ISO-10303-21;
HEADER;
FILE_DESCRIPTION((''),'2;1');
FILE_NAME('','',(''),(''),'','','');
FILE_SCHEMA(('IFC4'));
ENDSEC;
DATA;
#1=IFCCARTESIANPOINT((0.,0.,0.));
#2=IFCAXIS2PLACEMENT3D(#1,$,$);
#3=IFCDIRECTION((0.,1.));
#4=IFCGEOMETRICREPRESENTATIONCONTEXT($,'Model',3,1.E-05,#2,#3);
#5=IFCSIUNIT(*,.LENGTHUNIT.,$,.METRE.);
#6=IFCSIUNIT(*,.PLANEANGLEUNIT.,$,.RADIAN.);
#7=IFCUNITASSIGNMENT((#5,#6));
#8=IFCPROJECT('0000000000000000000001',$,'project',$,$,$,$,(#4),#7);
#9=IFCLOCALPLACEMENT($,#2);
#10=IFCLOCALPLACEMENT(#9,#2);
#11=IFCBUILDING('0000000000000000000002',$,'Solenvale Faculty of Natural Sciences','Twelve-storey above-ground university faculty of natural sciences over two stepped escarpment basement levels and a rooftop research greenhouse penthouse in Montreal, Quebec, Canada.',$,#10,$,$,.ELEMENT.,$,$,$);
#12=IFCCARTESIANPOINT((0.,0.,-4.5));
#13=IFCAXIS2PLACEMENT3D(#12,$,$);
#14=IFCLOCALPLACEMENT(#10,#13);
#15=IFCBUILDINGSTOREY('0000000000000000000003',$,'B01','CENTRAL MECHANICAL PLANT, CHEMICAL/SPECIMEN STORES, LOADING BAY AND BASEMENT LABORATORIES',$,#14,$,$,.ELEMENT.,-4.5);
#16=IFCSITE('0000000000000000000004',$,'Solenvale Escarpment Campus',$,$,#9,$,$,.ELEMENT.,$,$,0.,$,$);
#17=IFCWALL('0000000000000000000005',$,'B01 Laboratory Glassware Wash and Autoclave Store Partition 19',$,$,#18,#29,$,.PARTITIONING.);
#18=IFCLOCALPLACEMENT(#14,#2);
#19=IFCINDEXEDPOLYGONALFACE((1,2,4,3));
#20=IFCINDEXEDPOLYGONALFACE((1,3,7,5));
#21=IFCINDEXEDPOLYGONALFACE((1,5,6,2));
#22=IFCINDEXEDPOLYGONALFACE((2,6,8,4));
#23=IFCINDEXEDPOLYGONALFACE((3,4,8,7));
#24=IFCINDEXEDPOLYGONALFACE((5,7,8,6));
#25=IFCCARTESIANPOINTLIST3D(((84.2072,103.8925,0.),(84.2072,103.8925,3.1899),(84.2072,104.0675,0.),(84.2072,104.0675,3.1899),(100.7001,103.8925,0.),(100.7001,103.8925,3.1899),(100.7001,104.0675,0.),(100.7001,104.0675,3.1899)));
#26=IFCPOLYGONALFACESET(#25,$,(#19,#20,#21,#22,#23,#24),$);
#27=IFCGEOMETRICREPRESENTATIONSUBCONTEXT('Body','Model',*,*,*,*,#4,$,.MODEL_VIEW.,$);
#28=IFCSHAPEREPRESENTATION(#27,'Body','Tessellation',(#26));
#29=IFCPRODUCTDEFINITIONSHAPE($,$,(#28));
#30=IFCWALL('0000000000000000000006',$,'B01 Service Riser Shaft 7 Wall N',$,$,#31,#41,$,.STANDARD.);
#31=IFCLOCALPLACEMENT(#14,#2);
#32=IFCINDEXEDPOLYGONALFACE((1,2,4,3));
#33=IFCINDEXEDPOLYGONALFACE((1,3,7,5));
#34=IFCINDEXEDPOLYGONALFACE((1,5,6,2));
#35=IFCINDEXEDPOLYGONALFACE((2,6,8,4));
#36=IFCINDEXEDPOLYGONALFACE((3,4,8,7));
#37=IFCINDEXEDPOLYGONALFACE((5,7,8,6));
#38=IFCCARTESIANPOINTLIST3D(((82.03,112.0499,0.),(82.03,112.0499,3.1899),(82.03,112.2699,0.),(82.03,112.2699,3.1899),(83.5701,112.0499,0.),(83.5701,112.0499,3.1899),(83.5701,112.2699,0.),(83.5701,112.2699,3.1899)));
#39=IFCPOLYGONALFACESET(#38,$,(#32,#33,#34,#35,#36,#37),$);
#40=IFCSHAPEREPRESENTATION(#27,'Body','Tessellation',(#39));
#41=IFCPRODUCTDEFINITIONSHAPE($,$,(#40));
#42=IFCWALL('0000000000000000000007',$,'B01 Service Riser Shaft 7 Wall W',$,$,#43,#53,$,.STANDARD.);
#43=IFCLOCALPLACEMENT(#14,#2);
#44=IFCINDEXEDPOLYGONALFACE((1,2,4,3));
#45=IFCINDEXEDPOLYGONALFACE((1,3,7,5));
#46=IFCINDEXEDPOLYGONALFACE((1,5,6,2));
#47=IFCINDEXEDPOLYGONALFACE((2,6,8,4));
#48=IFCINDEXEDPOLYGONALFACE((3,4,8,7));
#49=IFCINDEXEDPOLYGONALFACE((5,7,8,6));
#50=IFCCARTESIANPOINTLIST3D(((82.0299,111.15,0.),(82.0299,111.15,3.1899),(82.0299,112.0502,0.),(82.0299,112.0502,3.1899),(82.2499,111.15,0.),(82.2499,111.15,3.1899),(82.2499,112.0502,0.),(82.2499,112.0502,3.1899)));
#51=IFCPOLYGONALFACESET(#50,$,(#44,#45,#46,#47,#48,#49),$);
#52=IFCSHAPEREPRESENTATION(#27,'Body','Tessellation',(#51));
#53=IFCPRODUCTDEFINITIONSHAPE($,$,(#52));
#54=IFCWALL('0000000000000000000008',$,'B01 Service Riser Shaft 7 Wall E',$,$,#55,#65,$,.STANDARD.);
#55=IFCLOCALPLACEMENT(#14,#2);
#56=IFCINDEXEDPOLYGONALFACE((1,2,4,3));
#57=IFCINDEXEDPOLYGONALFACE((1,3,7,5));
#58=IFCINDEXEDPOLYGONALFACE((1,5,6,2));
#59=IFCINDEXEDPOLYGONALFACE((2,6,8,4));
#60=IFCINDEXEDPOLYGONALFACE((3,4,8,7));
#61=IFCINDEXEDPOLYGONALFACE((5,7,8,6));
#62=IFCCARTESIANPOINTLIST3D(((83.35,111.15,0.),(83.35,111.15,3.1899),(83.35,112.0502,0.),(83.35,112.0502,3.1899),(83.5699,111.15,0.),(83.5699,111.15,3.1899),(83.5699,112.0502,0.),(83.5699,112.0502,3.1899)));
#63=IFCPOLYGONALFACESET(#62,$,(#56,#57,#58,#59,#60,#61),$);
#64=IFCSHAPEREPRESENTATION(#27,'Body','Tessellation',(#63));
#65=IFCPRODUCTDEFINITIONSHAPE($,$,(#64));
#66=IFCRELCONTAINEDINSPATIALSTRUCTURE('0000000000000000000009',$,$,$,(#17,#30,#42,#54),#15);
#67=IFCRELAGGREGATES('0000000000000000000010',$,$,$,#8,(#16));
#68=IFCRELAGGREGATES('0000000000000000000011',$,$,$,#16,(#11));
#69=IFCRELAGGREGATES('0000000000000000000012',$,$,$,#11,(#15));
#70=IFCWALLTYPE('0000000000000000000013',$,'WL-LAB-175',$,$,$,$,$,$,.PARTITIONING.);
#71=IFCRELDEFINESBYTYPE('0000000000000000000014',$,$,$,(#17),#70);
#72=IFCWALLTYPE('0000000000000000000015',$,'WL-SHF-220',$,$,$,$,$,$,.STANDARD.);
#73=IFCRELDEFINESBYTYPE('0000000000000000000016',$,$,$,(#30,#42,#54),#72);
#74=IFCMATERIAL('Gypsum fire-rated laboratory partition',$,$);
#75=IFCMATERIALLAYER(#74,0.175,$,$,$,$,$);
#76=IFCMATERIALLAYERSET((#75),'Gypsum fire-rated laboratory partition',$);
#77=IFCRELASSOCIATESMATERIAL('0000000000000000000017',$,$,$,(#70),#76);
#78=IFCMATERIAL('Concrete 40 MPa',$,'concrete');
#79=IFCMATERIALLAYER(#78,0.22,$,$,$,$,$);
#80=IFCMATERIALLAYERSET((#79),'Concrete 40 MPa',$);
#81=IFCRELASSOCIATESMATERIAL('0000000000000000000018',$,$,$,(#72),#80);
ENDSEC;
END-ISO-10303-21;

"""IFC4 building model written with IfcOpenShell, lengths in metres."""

from ifc_helpers import new_model, si_unit, direction, frame, frame_2d, origin, place, context, subcontext, project, spatial, rectangle, extrude, material, layer, layer_set, type_object, element, save


model = new_model("IFC4")

# Units and contexts
model_context = context("Model", 3, precision=1e-05, world=origin(), true_north=direction((0.0, 1.0)))
body_context = subcontext(model_context, "Body", "Model", "MODEL_VIEW")
ifc_project = project(units=[si_unit("LENGTHUNIT", "METRE"), si_unit("PLANEANGLEUNIT", "RADIAN")], contexts=[model_context])

# Site, building, storey
site_placement = place(None, origin())
site = spatial("IfcSite", under=ifc_project, at=site_placement, Name="Solenvale Escarpment Campus", CompositionType="ELEMENT", RefElevation=0.0)
building_placement = place(site_placement, origin())
building = spatial("IfcBuilding", under=site, at=building_placement, Name="Solenvale Faculty of Natural Sciences", Description="Twelve-storey above-ground university faculty of natural sciences over two stepped escarpment basement levels and a rooftop research greenhouse penthouse in Montreal, Quebec, Canada.", CompositionType="ELEMENT")
storey_placement = place(building_placement, frame((0.0, 0.0, -4.5)))
storey = spatial("IfcBuildingStorey", under=building, at=storey_placement, Name="B01", Description="CENTRAL MECHANICAL PLANT, CHEMICAL/SPECIMEN STORES, LOADING BAY AND BASEMENT LABORATORIES", CompositionType="ELEMENT", Elevation=-4.5)

# Shared definitions
ifc_material_1 = material(Name="Concrete 40 MPa", Category="concrete")

# Walls
ifc_material_2 = material(Name="Gypsum fire-rated laboratory partition")
ifc_layer_1 = layer(ifc_material_2, 0.175)
ifc_layer_set_1 = layer_set([ifc_layer_1], Name="Gypsum fire-rated laboratory partition")
wall_type_1 = type_object("IfcWallType", Name="WL-LAB-175", PredefinedType="PARTITIONING", material=ifc_layer_set_1)
wall_1_placement = place(storey_placement, frame((84.207, 103.98, 0.0), z_axis=(0.0, 0.0, 1.0), x_axis=(1.0, 0.0, 0.0)))
element("IfcWall", 1, at=wall_1_placement, inside=storey, type_object=wall_type_1, Name="B01 Laboratory Glassware Wash and Autoclave Store Partition 19", PredefinedType="PARTITIONING", context=body_context, shape_type="SweptSolid", body=[
    extrude(rectangle(XDim=16.4929, YDim=0.175, at=frame_2d((8.2466, 0.0))), origin(), (0.0, 0.0, 1.0), 3.1899),
])
ifc_layer_2 = layer(ifc_material_1, 0.22)
ifc_layer_set_2 = layer_set([ifc_layer_2], Name="Concrete 40 MPa")
wall_type_2 = type_object("IfcWallType", Name="WL-SHF-220", PredefinedType="STANDARD", material=ifc_layer_set_2)
wall_2_placement = place(storey_placement, frame((82.03, 112.1599, 0.0), z_axis=(0.0, 0.0, 1.0), x_axis=(1.0, 0.0, 0.0)))
element("IfcWall", 2, at=wall_2_placement, inside=storey, type_object=wall_type_2, Name="B01 Service Riser Shaft 7 Wall N", PredefinedType="STANDARD", context=body_context, shape_type="SweptSolid", body=[
    extrude(rectangle(XDim=1.54, YDim=0.22, at=frame_2d((0.77, 0.0))), origin(), (0.0, 0.0, 1.0), 3.1899),
])
for number, where, z_axis, x_axis, name in (
    (3, (82.1399, 111.1499, 0.0), (0.0, 0.0, 1.0), (0.0, 1.0, 0.0), "B01 Service Riser Shaft 7 Wall W"),
    (4, (83.46, 111.1499, 0.0), (0.0, 0.0, 1.0), (0.0, 1.0, 0.0), "B01 Service Riser Shaft 7 Wall E"),
):
    element("IfcWall", number, at=place(storey_placement, frame(where, z_axis=z_axis, x_axis=x_axis)), inside=storey, type_object=wall_type_2, Name=name, PredefinedType="STANDARD", context=body_context, shape_type="SweptSolid", body=[
        extrude(rectangle(XDim=0.9001, YDim=0.22, at=frame_2d((0.4502, 0.0))), origin(), (0.0, 0.0, 1.0), 3.1899),
    ])

save(model, "model.ifc")
